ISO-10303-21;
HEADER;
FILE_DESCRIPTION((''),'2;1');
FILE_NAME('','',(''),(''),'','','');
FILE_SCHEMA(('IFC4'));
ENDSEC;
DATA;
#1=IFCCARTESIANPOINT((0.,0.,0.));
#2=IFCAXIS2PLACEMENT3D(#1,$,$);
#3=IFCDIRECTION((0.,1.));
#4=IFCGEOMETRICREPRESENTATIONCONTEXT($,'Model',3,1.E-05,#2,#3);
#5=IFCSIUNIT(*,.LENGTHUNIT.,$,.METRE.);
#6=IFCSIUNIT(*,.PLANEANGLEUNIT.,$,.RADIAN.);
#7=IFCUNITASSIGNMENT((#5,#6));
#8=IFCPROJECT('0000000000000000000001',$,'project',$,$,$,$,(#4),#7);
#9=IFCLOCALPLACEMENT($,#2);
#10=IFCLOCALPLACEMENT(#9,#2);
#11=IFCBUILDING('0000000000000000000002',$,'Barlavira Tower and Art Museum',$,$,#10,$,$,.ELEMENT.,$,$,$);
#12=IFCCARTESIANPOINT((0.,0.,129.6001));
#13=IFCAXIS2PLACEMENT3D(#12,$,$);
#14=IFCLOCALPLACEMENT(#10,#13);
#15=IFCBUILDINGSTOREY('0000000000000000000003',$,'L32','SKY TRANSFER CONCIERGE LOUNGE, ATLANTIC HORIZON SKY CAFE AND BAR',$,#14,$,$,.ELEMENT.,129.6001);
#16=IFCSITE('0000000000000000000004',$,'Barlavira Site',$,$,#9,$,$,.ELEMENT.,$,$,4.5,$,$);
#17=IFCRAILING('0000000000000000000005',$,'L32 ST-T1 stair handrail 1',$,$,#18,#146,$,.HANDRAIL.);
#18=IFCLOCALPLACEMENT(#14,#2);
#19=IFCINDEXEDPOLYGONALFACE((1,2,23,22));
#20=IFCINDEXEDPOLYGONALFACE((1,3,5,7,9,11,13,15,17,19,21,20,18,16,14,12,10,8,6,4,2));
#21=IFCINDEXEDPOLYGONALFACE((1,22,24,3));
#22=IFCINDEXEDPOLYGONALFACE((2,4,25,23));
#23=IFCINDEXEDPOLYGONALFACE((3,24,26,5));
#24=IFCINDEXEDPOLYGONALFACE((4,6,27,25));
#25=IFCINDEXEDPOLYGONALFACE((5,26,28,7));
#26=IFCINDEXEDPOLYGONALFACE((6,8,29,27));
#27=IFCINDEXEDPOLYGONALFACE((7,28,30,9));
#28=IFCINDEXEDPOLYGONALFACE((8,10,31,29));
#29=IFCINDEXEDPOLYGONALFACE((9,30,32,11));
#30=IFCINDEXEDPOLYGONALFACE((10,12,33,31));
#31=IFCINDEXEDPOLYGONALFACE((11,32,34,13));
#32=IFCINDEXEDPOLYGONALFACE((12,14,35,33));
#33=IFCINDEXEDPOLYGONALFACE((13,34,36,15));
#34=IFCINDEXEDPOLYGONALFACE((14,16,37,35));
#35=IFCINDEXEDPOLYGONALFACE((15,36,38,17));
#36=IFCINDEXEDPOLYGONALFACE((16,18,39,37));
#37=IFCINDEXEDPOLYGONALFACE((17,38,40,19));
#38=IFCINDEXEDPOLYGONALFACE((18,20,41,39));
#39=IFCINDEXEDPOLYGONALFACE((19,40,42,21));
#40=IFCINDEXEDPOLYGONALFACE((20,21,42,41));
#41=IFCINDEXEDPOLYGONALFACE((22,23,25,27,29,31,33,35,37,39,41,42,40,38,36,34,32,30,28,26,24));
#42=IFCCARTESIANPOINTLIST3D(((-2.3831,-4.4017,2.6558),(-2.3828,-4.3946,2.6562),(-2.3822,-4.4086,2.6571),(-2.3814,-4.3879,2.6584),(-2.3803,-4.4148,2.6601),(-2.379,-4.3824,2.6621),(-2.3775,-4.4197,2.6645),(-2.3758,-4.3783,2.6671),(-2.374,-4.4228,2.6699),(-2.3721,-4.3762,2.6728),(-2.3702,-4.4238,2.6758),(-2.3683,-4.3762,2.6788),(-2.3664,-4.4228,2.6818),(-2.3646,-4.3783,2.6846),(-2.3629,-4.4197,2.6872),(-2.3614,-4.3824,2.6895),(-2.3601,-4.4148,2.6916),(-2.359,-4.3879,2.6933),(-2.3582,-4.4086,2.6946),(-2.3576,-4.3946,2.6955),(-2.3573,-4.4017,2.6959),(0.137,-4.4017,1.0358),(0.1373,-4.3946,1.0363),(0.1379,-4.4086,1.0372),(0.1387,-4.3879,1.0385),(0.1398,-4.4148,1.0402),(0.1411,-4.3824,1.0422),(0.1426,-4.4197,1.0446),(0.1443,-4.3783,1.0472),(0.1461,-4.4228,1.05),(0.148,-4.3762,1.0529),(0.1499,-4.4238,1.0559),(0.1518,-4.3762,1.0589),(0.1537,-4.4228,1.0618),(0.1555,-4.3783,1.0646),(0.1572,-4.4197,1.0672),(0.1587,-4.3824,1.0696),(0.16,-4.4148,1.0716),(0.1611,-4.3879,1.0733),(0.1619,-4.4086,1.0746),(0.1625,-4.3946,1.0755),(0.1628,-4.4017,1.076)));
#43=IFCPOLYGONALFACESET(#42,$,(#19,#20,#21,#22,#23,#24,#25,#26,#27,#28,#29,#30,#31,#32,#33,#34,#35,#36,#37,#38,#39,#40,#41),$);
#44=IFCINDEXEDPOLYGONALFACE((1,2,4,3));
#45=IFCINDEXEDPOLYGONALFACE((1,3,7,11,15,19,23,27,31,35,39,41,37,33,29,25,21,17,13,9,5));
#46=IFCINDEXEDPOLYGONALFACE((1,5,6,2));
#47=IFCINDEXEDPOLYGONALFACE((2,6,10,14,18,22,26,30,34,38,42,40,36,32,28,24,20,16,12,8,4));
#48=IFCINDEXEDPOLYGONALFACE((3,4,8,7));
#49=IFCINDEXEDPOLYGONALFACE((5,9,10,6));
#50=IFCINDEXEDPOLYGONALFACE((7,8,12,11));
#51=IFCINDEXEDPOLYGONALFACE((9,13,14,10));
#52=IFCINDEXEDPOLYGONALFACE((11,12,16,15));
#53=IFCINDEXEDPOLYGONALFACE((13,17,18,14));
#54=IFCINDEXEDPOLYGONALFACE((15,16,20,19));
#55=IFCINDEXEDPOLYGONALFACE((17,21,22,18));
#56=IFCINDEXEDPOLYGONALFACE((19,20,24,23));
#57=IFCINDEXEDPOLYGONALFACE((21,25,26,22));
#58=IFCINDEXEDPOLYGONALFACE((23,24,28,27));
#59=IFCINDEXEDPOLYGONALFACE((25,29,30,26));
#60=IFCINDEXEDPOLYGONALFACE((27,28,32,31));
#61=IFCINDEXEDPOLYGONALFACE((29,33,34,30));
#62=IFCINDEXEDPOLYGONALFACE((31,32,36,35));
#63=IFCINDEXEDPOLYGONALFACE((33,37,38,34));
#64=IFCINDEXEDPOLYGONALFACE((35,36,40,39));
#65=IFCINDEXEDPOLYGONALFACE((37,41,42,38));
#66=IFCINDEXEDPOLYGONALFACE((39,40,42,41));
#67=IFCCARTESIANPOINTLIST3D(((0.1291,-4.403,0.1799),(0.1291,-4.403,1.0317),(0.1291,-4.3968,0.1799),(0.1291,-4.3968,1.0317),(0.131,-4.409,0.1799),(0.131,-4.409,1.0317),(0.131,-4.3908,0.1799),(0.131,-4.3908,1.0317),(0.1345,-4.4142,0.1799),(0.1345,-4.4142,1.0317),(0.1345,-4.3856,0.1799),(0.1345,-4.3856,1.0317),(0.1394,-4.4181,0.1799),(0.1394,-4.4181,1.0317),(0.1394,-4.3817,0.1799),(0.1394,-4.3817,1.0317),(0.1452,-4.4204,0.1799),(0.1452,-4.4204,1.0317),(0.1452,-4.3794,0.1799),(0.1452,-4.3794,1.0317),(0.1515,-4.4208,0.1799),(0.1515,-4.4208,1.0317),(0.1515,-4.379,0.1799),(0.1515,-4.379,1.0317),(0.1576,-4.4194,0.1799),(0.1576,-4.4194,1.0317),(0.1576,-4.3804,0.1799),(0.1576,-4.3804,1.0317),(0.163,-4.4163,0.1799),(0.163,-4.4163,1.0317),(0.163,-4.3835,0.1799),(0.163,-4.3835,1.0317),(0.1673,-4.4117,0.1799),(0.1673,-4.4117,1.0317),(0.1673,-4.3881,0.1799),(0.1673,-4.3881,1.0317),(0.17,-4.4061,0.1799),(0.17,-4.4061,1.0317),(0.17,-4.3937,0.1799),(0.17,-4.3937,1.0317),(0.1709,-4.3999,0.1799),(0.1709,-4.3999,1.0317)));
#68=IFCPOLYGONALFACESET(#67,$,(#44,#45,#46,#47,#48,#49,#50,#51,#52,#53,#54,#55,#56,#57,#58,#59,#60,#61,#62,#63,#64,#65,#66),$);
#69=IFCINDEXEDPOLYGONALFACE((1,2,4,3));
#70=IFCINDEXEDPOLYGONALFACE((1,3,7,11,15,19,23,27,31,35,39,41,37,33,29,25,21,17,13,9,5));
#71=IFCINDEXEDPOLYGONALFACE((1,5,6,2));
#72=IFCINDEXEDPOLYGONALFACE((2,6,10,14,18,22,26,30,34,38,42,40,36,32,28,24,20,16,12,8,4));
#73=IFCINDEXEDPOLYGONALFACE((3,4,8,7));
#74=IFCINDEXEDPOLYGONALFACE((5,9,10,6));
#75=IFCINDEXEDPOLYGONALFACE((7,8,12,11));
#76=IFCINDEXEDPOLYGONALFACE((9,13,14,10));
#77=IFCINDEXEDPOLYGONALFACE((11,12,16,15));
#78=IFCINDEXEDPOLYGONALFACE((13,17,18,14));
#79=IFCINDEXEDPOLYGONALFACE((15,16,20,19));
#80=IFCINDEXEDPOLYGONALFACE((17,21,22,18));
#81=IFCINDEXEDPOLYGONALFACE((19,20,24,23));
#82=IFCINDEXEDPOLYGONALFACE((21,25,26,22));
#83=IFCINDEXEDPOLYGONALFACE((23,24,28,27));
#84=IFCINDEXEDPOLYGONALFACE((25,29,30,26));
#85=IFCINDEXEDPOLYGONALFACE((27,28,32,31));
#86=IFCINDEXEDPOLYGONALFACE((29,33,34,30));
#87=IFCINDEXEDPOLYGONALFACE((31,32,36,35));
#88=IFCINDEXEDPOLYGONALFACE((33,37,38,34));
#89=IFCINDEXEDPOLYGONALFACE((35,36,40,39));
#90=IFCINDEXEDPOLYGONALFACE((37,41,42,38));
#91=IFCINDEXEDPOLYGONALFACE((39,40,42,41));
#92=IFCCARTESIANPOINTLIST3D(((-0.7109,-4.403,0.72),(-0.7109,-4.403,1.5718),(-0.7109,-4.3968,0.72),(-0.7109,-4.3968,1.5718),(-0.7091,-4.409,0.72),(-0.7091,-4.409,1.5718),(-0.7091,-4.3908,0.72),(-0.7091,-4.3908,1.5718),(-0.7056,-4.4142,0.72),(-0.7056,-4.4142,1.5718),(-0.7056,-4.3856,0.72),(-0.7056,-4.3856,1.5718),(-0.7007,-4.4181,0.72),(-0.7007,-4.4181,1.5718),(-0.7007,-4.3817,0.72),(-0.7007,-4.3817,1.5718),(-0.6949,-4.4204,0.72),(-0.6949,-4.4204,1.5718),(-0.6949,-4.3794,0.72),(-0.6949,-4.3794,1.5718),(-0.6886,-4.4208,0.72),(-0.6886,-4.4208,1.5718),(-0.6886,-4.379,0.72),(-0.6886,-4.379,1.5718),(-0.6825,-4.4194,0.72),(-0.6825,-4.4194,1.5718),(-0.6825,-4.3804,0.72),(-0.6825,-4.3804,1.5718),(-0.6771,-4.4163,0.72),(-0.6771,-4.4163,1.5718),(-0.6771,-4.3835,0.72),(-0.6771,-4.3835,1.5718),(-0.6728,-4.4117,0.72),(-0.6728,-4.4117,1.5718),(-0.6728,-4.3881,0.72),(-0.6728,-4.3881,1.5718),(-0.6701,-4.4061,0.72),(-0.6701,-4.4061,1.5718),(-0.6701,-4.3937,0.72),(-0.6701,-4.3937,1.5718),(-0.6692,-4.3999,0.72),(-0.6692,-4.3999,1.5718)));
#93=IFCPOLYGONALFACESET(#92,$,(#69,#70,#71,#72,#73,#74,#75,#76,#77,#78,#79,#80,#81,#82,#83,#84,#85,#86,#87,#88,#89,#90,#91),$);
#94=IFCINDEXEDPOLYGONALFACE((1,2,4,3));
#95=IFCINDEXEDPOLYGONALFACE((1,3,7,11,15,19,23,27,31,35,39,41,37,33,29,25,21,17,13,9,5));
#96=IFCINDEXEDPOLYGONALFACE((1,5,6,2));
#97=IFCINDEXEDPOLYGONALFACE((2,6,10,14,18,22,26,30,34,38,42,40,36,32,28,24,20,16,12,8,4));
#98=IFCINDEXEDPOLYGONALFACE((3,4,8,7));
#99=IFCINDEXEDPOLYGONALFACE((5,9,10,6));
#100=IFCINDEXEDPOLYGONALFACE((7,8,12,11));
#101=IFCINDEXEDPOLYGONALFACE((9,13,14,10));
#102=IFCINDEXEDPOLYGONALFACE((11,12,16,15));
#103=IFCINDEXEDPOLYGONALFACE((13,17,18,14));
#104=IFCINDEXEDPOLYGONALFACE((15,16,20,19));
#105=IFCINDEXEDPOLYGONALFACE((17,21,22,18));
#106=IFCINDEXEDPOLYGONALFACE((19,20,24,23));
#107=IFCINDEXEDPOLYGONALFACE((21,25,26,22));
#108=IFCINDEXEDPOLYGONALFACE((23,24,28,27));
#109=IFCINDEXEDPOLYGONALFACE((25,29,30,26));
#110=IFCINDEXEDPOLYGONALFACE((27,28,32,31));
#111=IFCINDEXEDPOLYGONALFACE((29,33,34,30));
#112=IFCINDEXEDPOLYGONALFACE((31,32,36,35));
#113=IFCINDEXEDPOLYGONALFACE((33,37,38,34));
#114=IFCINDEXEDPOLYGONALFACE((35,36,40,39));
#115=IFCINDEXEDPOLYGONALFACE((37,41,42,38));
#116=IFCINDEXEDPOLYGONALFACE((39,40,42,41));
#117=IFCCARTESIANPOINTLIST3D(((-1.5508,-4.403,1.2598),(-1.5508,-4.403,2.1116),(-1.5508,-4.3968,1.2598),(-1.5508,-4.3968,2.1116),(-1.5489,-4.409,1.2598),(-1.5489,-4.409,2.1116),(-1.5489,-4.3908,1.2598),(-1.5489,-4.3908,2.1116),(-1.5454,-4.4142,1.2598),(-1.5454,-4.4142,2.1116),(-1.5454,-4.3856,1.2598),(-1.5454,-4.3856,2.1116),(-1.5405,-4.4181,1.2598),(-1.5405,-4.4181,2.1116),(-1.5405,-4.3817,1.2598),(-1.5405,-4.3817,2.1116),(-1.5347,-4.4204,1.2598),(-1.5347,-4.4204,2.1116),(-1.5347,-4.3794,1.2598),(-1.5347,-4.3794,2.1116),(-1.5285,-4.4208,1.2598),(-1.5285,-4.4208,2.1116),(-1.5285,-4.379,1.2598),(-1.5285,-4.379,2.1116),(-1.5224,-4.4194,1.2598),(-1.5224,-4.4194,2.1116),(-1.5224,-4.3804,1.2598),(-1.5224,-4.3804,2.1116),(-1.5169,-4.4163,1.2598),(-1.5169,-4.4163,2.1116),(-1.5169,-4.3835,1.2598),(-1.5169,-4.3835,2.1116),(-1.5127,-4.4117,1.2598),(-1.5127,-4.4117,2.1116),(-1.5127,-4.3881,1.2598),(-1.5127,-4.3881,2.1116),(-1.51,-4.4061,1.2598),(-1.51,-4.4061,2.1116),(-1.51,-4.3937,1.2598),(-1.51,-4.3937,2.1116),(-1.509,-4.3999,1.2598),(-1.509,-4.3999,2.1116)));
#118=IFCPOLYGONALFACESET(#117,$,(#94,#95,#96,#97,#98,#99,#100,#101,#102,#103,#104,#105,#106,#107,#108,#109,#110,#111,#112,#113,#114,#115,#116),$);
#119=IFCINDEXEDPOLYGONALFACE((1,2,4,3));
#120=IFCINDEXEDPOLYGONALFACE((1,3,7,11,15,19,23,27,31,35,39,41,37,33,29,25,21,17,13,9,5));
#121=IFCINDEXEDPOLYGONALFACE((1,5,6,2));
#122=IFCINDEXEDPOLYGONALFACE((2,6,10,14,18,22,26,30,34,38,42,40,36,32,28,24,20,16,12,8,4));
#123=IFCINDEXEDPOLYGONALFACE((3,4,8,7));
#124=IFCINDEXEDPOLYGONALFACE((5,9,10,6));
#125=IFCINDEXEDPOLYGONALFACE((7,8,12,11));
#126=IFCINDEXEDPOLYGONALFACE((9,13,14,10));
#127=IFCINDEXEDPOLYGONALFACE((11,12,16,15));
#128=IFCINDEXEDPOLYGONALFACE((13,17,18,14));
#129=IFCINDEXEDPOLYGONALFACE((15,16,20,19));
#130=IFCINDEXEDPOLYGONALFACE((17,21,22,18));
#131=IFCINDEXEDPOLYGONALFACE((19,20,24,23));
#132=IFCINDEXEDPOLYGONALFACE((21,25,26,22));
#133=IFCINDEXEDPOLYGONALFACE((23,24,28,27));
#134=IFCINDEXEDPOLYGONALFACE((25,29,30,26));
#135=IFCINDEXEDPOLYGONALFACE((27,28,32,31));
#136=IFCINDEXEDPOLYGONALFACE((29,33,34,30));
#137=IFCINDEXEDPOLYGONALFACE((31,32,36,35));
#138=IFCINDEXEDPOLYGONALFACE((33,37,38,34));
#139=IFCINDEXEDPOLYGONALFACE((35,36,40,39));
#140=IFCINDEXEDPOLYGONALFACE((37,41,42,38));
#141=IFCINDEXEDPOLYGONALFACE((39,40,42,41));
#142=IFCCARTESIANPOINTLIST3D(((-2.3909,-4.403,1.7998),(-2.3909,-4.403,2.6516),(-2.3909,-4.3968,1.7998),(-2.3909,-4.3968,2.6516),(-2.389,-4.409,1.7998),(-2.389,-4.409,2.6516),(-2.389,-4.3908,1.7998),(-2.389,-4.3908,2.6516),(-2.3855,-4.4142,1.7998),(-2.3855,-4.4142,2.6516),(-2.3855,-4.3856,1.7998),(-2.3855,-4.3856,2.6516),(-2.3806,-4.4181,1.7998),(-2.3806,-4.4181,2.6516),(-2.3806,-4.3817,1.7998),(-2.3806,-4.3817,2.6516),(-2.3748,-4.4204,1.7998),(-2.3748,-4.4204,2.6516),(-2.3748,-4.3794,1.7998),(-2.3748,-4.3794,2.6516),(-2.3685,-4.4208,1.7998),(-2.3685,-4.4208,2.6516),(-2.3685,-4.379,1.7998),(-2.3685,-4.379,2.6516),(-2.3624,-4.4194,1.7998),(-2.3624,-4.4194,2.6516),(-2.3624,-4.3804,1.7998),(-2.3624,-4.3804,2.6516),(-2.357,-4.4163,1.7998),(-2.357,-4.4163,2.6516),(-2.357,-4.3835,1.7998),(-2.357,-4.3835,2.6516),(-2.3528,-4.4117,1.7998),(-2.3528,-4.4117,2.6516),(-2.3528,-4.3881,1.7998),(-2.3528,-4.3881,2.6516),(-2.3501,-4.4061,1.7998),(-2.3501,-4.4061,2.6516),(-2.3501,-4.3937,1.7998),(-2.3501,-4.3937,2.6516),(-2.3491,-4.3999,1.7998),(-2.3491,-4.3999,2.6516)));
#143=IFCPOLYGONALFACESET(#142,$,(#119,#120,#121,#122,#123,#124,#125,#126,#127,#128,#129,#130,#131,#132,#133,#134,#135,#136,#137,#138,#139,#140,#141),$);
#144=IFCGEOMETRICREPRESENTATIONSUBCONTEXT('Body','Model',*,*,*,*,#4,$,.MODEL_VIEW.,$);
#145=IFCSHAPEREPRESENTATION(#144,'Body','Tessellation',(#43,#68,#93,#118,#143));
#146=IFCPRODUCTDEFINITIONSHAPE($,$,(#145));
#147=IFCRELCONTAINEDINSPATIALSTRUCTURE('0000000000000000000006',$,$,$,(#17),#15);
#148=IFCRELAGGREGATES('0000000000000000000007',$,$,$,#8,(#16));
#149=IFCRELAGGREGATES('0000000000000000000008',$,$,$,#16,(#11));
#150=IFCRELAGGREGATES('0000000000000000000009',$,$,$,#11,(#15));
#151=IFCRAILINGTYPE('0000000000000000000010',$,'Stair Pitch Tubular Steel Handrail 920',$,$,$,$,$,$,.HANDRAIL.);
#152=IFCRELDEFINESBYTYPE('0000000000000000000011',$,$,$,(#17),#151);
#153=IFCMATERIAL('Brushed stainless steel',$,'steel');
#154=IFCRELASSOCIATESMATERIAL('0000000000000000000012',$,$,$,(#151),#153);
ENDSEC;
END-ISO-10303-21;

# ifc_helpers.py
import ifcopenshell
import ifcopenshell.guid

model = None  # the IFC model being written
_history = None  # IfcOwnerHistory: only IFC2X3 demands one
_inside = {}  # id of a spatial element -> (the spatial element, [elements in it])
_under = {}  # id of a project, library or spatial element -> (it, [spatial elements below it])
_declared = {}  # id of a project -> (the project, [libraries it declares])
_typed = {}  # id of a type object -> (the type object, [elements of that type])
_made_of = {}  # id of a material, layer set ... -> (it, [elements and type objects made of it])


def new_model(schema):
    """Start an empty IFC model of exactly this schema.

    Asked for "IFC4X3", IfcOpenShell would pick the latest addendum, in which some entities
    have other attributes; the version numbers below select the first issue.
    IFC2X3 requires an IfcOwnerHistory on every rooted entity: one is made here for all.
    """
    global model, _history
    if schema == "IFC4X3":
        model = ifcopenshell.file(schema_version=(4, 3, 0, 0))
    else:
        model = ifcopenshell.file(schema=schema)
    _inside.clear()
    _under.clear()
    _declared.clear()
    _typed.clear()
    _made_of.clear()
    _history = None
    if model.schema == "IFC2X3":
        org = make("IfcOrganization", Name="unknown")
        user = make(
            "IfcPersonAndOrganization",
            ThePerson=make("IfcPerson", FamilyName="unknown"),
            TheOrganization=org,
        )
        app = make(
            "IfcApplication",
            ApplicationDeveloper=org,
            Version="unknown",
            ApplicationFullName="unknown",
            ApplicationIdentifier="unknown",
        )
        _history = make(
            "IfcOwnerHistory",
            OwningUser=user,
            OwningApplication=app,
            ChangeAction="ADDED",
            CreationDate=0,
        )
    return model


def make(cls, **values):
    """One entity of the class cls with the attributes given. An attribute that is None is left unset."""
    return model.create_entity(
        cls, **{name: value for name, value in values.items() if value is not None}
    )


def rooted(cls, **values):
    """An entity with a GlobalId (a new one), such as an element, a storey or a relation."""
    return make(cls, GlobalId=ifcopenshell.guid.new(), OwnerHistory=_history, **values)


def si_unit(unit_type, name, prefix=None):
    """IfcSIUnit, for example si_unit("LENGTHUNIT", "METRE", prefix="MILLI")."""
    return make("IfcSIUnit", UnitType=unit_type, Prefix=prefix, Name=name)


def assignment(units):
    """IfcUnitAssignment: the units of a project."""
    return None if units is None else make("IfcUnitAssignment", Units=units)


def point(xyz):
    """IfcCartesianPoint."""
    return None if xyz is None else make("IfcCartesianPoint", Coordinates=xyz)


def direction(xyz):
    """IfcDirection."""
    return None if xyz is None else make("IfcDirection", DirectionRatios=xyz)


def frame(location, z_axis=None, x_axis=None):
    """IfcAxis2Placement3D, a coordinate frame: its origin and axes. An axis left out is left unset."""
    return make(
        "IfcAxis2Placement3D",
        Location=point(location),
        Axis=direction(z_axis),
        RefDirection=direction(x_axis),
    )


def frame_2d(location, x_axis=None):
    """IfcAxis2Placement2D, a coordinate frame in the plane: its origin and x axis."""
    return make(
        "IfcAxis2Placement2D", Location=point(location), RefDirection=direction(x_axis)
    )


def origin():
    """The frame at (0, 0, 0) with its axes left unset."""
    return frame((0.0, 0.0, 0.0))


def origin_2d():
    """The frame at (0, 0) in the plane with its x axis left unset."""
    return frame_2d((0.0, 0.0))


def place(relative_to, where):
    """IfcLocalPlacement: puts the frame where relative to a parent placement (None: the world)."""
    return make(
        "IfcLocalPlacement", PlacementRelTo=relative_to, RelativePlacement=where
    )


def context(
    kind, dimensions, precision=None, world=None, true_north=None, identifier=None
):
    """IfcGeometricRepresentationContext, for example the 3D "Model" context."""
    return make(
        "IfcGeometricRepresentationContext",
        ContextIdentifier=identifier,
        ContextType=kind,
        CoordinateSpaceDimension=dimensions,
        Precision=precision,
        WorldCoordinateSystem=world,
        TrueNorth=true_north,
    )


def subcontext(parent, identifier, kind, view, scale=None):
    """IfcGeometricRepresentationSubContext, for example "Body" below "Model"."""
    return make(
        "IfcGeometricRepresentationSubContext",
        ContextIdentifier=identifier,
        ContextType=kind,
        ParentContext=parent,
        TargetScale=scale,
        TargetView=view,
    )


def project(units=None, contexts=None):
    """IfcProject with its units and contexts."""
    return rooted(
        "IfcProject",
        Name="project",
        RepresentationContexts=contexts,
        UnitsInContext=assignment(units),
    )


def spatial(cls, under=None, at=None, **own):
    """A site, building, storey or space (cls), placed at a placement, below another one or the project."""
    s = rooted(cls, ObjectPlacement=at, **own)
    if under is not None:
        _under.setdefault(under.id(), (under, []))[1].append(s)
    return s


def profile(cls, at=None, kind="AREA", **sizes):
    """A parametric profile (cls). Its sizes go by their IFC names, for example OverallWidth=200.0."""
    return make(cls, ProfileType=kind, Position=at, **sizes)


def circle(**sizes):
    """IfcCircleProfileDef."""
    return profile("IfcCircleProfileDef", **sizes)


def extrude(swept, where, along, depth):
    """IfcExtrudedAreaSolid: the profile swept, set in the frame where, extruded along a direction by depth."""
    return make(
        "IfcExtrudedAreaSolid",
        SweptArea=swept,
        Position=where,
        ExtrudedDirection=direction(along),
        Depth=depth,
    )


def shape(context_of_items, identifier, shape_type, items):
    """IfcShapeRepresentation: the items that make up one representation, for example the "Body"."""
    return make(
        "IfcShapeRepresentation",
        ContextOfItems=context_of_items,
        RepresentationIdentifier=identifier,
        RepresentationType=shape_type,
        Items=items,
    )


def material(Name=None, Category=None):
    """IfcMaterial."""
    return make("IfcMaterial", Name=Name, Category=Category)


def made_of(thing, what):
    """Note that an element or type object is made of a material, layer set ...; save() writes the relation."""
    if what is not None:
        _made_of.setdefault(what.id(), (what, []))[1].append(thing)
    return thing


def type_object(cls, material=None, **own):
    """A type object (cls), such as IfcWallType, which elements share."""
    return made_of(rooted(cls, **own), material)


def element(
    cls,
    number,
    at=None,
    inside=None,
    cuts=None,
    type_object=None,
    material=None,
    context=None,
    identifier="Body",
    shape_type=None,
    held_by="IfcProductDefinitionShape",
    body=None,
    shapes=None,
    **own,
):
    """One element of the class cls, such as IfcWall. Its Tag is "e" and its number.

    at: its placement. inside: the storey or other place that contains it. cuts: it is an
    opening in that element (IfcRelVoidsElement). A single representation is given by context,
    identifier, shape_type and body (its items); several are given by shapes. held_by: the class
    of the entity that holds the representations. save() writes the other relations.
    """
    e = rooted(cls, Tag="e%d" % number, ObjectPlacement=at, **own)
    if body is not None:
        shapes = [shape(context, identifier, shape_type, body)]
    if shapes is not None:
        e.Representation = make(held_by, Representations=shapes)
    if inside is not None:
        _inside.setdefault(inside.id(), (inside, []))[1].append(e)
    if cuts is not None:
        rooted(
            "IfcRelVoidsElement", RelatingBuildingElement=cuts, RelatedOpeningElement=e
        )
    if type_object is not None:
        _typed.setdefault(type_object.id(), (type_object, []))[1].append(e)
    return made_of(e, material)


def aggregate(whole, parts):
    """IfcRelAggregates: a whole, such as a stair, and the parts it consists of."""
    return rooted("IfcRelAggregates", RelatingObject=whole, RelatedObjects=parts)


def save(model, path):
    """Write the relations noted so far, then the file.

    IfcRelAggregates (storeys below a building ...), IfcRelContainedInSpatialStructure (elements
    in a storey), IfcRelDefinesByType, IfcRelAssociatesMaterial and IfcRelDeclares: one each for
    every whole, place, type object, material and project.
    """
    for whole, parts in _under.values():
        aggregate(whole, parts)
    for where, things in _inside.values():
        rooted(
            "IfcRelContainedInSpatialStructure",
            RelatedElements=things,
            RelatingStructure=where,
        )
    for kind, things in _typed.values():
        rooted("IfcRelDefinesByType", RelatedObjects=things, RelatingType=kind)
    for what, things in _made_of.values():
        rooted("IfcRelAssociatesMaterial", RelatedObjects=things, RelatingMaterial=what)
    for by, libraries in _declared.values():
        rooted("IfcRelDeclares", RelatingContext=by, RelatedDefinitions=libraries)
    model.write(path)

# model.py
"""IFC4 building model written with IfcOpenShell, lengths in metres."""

from ifc_helpers import new_model, si_unit, direction, frame, origin, origin_2d, place, context, subcontext, project, spatial, circle, extrude, material, type_object, element, save


model = new_model("IFC4")

# Units and contexts
model_context = context("Model", 3, precision=1e-05, world=origin(), true_north=direction((0.0, 1.0)))
body_context = subcontext(model_context, "Body", "Model", "MODEL_VIEW")
ifc_project = project(units=[si_unit("LENGTHUNIT", "METRE"), si_unit("PLANEANGLEUNIT", "RADIAN")], contexts=[model_context])

# Site, building, storey
site_placement = place(None, origin())
site = spatial("IfcSite", under=ifc_project, at=site_placement, Name="Barlavira Site", CompositionType="ELEMENT", RefElevation=4.5)
building_placement = place(site_placement, origin())
building = spatial("IfcBuilding", under=site, at=building_placement, Name="Barlavira Tower and Art Museum", CompositionType="ELEMENT")
storey_placement = place(building_placement, frame((0.0, 0.0, 129.6001)))
storey = spatial("IfcBuildingStorey", under=building, at=storey_placement, Name="L32", Description="SKY TRANSFER CONCIERGE LOUNGE, ATLANTIC HORIZON SKY CAFE AND BAR", CompositionType="ELEMENT", Elevation=129.6001)

# Shared definitions
ifc_material_1 = material(Name="Brushed stainless steel", Category="steel")

# Railing
railing_type_1 = type_object("IfcRailingType", Name="Stair Pitch Tubular Steel Handrail 920", PredefinedType="HANDRAIL", material=ifc_material_1)
railing_1_placement = place(storey_placement, frame((0.1499, -4.3999, 0.1799)))
element("IfcRailing", 1, at=railing_1_placement, inside=storey, type_object=railing_type_1, Name="L32 ST-T1 stair handrail 1", PredefinedType="HANDRAIL", context=body_context, shape_type="SweptSolid", body=[
    extrude(circle(Radius=0.0239, at=origin_2d()), frame((0.0, 0.0, 0.876), z_axis=(-0.8412, 0.0, 0.540725), x_axis=(0.0, -1.0, 0.0)), (0.0, 0.0, 1.0), 2.9958),
    extrude(circle(Radius=0.021, at=origin_2d()), origin(), (0.0, 0.0, 1.0), 0.8518),
    extrude(circle(Radius=0.021, at=origin_2d()), frame((-0.8401, 0.0, 0.54)), (0.0, 0.0, 1.0), 0.8518),
    extrude(circle(Radius=0.021, at=origin_2d()), frame((-1.6799, 0.0, 1.0798)), (0.0, 0.0, 1.0), 0.8518),
    extrude(circle(Radius=0.021, at=origin_2d()), frame((-2.52, 0.0, 1.6199)), (0.0, 0.0, 1.0), 0.8518),
])

save(model, "model.ifc")
